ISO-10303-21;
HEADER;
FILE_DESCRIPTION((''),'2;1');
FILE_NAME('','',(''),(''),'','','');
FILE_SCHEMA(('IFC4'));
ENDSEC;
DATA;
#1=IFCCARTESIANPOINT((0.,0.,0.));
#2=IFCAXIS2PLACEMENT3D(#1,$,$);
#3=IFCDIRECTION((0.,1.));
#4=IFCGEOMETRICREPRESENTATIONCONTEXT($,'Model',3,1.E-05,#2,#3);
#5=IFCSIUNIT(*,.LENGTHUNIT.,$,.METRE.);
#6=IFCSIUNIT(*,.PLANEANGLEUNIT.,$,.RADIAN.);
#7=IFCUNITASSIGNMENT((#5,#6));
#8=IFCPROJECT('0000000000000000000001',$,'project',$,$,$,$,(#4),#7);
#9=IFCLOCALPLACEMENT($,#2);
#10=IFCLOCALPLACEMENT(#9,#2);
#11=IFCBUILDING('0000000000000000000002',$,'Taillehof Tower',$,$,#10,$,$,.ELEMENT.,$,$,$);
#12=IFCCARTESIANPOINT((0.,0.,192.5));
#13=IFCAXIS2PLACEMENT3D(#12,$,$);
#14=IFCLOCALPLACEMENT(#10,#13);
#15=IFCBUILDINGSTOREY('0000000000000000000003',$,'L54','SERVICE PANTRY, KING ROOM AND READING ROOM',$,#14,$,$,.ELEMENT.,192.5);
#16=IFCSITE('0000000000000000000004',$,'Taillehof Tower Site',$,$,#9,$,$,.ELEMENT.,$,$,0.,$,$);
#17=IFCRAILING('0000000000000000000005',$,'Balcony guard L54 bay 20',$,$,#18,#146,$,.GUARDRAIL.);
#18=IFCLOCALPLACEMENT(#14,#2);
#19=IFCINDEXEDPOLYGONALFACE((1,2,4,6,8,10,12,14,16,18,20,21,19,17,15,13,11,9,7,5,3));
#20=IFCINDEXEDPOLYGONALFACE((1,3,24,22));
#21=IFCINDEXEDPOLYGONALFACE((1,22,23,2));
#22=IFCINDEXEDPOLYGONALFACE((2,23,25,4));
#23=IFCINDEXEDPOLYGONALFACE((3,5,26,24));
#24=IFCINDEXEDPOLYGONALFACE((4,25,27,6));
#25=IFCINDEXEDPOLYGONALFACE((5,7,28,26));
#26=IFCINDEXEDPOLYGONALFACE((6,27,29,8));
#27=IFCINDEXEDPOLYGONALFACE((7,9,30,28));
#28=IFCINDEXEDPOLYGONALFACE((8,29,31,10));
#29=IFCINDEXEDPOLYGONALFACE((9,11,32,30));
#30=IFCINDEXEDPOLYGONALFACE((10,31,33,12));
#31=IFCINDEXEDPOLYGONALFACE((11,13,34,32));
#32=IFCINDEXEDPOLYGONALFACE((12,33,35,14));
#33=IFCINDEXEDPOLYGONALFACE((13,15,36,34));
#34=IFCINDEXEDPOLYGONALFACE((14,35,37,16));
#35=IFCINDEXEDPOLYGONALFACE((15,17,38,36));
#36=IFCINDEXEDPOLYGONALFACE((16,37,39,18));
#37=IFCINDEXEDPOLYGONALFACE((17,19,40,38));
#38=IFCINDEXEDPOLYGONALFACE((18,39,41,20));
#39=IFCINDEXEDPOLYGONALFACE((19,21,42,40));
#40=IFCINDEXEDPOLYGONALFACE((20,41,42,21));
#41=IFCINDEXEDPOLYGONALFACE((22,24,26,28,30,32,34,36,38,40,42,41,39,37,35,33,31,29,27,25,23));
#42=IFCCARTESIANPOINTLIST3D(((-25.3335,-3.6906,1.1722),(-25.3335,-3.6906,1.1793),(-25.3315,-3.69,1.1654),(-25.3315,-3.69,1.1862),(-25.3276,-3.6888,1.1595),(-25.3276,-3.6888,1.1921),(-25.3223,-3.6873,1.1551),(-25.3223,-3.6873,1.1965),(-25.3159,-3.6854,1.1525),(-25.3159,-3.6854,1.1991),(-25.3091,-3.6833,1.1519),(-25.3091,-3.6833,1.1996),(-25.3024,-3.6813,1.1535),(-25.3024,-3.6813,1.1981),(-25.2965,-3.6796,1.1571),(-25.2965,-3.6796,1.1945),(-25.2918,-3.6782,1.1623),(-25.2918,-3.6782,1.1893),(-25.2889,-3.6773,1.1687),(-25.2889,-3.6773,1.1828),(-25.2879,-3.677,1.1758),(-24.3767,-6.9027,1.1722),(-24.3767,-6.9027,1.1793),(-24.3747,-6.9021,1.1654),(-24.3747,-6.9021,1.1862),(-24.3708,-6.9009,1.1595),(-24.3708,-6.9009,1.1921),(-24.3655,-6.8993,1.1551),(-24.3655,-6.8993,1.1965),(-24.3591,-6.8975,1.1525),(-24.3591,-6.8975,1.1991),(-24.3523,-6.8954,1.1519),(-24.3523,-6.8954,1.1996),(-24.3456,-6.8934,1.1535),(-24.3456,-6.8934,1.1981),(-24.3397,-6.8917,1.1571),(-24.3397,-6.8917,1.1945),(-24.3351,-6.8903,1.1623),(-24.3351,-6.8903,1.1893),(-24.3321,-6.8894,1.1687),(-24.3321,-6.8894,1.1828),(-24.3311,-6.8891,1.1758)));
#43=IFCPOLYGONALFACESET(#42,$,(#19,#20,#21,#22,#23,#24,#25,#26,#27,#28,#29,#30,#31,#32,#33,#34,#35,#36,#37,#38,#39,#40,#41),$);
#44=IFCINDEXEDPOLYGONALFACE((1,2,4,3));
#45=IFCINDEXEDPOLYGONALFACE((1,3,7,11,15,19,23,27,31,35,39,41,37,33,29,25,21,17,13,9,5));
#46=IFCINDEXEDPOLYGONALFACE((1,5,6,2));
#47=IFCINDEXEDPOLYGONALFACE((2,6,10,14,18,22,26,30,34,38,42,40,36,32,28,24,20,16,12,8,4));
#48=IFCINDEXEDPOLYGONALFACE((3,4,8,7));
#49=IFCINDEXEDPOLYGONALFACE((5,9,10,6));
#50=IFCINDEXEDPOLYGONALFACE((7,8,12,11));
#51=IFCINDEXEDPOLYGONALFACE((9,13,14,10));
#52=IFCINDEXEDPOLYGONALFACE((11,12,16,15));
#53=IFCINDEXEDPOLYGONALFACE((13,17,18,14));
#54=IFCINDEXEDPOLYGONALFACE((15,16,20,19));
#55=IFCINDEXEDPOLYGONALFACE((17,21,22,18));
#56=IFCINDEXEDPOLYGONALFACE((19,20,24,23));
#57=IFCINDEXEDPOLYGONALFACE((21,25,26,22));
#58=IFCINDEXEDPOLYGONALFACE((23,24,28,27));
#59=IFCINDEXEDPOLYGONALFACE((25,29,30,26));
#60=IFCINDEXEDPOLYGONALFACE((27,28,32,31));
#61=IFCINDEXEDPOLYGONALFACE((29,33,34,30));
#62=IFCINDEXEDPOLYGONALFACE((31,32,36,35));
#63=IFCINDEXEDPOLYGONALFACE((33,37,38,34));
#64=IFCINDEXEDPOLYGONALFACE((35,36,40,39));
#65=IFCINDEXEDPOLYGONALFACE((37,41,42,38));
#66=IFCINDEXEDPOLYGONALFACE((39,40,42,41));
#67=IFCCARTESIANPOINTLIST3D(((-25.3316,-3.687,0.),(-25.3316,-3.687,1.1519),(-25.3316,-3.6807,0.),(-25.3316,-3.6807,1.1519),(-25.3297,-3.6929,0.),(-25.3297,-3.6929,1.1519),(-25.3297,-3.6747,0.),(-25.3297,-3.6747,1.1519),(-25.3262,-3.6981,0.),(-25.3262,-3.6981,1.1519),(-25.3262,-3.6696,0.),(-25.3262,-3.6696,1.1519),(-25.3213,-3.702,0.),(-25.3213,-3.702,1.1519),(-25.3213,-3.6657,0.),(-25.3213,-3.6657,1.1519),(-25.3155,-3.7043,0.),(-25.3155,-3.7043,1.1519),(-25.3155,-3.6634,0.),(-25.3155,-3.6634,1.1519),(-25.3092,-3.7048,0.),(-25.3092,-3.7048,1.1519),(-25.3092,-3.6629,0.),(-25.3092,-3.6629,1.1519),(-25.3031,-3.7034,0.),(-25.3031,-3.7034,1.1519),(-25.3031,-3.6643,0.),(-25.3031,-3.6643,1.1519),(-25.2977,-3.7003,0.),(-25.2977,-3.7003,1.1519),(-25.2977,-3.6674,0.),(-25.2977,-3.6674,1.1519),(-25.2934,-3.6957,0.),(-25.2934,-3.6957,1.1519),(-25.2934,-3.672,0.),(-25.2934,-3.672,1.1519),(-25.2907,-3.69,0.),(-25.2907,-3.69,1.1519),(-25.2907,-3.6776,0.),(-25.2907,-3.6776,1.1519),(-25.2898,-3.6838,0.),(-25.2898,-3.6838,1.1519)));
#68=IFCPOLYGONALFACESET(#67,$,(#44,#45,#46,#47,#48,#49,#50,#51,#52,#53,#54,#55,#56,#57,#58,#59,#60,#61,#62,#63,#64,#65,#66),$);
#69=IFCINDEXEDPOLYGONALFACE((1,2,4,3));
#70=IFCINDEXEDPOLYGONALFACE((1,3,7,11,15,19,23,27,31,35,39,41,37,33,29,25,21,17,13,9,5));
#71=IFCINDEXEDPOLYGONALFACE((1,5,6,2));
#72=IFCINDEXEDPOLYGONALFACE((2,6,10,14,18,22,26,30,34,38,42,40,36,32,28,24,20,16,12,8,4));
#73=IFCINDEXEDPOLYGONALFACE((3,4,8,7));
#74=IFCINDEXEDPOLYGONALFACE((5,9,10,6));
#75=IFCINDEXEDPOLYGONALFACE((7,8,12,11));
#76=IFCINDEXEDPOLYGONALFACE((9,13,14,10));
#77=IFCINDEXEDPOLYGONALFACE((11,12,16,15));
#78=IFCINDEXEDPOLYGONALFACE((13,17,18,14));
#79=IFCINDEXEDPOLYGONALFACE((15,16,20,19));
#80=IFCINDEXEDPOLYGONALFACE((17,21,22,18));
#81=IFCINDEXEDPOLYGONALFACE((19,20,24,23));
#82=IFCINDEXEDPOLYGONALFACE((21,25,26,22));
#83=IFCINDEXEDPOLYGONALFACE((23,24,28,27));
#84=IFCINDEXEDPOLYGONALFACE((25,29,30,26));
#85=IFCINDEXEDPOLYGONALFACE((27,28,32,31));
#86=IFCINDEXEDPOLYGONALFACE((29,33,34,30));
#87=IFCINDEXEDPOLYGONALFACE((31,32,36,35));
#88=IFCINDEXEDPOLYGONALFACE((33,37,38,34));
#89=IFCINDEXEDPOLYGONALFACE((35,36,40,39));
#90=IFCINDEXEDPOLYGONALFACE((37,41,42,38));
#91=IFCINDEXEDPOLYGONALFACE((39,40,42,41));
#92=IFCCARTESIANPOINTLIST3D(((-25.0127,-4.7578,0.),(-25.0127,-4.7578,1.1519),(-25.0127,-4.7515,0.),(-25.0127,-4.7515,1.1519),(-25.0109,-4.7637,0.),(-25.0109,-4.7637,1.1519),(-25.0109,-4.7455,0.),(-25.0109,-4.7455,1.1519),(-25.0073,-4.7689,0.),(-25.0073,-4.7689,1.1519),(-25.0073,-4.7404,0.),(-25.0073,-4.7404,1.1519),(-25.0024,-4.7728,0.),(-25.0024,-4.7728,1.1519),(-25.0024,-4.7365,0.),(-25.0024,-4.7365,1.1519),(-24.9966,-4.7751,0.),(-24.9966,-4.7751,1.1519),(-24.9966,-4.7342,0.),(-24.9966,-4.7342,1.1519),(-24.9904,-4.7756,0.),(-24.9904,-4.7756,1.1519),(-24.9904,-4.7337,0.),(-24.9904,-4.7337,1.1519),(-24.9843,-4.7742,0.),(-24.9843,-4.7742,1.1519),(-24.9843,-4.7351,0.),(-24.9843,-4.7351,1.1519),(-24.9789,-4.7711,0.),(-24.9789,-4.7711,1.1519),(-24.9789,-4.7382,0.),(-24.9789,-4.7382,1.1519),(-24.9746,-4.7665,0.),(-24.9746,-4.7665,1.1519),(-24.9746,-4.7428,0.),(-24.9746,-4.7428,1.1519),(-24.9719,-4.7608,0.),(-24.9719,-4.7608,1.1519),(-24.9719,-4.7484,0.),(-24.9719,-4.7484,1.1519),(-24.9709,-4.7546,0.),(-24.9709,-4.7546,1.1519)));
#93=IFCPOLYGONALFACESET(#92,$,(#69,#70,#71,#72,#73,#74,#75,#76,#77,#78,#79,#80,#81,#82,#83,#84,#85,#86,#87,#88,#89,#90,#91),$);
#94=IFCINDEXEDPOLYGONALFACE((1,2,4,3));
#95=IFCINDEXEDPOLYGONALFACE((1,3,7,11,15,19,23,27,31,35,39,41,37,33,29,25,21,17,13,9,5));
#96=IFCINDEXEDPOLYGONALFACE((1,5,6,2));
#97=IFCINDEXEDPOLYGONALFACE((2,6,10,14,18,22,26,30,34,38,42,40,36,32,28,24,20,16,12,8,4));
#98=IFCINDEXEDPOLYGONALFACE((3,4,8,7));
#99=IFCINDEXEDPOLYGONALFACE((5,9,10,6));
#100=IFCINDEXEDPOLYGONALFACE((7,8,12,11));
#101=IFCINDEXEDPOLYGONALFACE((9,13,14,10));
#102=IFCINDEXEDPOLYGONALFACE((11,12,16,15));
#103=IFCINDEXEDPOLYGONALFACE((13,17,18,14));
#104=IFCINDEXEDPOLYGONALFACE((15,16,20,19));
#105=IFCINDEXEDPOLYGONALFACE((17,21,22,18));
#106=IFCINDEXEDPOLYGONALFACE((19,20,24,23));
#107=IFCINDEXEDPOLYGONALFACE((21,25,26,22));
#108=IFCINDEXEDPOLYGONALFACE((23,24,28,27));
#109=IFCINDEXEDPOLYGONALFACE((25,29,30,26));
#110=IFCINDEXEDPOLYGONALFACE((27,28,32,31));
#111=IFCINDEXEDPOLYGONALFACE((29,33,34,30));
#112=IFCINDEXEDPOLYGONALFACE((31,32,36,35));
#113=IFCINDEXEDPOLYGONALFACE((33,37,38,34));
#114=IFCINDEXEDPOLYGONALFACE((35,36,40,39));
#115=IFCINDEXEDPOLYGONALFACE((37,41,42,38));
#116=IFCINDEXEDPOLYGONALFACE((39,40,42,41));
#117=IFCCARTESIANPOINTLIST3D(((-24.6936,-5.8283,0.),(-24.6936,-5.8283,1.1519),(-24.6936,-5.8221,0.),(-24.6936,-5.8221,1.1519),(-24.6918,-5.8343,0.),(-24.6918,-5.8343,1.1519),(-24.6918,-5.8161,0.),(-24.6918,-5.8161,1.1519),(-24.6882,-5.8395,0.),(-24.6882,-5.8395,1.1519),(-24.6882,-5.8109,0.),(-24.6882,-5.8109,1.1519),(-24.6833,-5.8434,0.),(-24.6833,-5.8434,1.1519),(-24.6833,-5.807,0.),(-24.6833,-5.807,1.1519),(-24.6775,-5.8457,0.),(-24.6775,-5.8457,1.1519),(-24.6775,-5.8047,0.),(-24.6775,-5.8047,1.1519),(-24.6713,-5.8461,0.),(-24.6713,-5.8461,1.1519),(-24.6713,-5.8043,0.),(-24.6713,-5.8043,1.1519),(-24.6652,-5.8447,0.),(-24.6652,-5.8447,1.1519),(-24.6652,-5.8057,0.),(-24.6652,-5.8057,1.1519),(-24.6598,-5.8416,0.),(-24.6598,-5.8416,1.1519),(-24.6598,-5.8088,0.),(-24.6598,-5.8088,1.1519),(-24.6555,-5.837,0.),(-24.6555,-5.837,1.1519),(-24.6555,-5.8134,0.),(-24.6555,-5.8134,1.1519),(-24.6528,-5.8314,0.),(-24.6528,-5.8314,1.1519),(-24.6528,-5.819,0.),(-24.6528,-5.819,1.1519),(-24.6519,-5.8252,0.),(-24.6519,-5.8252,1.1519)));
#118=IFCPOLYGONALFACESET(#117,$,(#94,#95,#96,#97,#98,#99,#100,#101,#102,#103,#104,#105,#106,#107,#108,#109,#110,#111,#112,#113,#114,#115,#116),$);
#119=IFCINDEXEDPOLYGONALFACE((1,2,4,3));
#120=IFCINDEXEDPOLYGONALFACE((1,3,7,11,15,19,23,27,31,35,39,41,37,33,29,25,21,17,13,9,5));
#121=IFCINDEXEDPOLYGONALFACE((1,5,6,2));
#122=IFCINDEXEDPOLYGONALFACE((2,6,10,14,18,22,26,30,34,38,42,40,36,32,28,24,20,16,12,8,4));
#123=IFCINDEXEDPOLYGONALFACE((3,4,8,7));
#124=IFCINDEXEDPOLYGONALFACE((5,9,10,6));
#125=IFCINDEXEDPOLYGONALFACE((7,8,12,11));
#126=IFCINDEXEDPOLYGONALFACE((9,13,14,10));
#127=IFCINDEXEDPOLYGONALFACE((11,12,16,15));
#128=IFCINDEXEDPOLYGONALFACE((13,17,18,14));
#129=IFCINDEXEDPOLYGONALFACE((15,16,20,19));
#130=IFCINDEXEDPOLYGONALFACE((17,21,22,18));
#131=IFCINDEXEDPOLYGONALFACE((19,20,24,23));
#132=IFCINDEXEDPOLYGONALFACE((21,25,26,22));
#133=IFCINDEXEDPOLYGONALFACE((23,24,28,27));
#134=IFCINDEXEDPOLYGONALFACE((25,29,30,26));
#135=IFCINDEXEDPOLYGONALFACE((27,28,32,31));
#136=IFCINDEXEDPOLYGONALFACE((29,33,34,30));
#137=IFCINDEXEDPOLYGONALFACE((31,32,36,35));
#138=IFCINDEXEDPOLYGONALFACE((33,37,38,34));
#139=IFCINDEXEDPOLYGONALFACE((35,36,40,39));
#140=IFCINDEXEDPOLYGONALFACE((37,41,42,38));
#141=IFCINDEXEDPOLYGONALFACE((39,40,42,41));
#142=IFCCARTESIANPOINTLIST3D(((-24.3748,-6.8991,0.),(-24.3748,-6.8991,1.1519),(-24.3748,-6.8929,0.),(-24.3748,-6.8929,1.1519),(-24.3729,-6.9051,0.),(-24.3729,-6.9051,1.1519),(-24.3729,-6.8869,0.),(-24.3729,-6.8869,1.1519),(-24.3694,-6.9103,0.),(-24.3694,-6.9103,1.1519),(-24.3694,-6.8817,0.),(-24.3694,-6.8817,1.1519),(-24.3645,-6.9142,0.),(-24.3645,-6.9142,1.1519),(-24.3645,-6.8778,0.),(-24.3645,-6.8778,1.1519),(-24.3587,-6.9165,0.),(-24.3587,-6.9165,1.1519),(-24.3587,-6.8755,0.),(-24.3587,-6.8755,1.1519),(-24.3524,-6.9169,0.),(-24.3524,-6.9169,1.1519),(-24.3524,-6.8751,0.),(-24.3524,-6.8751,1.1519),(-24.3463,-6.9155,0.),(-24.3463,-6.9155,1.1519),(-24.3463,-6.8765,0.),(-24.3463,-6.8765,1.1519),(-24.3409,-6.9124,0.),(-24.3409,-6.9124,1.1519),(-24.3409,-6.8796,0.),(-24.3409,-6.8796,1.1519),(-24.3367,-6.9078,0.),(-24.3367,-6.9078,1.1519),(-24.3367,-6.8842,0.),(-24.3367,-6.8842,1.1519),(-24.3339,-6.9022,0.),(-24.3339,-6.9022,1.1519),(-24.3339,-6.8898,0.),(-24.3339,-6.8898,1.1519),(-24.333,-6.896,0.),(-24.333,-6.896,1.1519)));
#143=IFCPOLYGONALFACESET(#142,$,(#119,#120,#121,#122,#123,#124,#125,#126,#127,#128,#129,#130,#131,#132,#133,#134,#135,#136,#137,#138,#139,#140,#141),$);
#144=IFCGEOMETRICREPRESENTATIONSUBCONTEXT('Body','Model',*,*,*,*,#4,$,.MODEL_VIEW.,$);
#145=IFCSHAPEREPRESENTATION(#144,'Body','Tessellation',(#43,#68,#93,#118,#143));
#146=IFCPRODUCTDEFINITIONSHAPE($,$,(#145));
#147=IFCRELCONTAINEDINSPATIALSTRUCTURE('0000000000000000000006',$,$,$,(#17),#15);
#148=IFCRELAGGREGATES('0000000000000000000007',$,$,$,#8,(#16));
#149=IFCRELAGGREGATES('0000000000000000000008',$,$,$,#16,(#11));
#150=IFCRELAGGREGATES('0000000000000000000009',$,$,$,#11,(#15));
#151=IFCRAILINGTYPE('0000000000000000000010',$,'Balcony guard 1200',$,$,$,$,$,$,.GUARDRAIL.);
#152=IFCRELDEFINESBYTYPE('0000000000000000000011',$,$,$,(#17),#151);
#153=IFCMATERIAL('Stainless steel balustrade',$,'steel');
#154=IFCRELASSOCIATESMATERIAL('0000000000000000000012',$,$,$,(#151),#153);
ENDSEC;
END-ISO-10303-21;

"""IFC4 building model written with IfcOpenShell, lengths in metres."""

from ifc_helpers import new_model, si_unit, direction, frame, origin, origin_2d, place, context, subcontext, project, spatial, circle, extrude, material, type_object, element, save


model = new_model("IFC4")

# Units and contexts
model_context = context("Model", 3, precision=1e-05, world=origin(), true_north=direction((0.0, 1.0)))
body_context = subcontext(model_context, "Body", "Model", "MODEL_VIEW")
ifc_project = project(units=[si_unit("LENGTHUNIT", "METRE"), si_unit("PLANEANGLEUNIT", "RADIAN")], contexts=[model_context])

# Site, building, storey
site_placement = place(None, origin())
site = spatial("IfcSite", under=ifc_project, at=site_placement, Name="Taillehof Tower Site", CompositionType="ELEMENT", RefElevation=0.0)
building_placement = place(site_placement, origin())
building = spatial("IfcBuilding", under=site, at=building_placement, Name="Taillehof Tower", CompositionType="ELEMENT")
storey_placement = place(building_placement, frame((0.0, 0.0, 192.5)))
storey = spatial("IfcBuildingStorey", under=building, at=storey_placement, Name="L54", Description="SERVICE PANTRY, KING ROOM AND READING ROOM", CompositionType="ELEMENT", Elevation=192.5)

# Railing
ifc_material_1 = material(Name="Stainless steel balustrade", Category="steel")
railing_type = type_object("IfcRailingType", Name="Balcony guard 1200", PredefinedType="GUARDRAIL", material=ifc_material_1)
railing_placement = place(storey_placement, frame((-25.3108, -3.6838, 0.0)))
element("IfcRailing", 1, at=railing_placement, inside=storey, type_object=railing_type, Name="Balcony guard L54 bay 20", PredefinedType="GUARDRAIL", context=body_context, shape_type="SweptSolid", body=[
    extrude(circle(Radius=0.0239, at=origin_2d()), frame((0.0, 0.0, 1.1758), z_axis=(0.285469, -0.958388, 0.0), x_axis=(0.958388, 0.285469, 0.0)), (0.0, 0.0, 1.0), 3.3516),
    extrude(circle(Radius=0.021, at=origin_2d()), origin(), (0.0, 0.0, 1.0), 1.1519),
    extrude(circle(Radius=0.021, at=origin_2d()), frame((0.3188, -1.0708, 0.0)), (0.0, 0.0, 1.0), 1.1519),
    extrude(circle(Radius=0.021, at=origin_2d()), frame((0.6379, -2.1414, 0.0)), (0.0, 0.0, 1.0), 1.1519),
    extrude(circle(Radius=0.021, at=origin_2d()), frame((0.9568, -3.2122, 0.0)), (0.0, 0.0, 1.0), 1.1519),
])

save(model, "model.ifc")
